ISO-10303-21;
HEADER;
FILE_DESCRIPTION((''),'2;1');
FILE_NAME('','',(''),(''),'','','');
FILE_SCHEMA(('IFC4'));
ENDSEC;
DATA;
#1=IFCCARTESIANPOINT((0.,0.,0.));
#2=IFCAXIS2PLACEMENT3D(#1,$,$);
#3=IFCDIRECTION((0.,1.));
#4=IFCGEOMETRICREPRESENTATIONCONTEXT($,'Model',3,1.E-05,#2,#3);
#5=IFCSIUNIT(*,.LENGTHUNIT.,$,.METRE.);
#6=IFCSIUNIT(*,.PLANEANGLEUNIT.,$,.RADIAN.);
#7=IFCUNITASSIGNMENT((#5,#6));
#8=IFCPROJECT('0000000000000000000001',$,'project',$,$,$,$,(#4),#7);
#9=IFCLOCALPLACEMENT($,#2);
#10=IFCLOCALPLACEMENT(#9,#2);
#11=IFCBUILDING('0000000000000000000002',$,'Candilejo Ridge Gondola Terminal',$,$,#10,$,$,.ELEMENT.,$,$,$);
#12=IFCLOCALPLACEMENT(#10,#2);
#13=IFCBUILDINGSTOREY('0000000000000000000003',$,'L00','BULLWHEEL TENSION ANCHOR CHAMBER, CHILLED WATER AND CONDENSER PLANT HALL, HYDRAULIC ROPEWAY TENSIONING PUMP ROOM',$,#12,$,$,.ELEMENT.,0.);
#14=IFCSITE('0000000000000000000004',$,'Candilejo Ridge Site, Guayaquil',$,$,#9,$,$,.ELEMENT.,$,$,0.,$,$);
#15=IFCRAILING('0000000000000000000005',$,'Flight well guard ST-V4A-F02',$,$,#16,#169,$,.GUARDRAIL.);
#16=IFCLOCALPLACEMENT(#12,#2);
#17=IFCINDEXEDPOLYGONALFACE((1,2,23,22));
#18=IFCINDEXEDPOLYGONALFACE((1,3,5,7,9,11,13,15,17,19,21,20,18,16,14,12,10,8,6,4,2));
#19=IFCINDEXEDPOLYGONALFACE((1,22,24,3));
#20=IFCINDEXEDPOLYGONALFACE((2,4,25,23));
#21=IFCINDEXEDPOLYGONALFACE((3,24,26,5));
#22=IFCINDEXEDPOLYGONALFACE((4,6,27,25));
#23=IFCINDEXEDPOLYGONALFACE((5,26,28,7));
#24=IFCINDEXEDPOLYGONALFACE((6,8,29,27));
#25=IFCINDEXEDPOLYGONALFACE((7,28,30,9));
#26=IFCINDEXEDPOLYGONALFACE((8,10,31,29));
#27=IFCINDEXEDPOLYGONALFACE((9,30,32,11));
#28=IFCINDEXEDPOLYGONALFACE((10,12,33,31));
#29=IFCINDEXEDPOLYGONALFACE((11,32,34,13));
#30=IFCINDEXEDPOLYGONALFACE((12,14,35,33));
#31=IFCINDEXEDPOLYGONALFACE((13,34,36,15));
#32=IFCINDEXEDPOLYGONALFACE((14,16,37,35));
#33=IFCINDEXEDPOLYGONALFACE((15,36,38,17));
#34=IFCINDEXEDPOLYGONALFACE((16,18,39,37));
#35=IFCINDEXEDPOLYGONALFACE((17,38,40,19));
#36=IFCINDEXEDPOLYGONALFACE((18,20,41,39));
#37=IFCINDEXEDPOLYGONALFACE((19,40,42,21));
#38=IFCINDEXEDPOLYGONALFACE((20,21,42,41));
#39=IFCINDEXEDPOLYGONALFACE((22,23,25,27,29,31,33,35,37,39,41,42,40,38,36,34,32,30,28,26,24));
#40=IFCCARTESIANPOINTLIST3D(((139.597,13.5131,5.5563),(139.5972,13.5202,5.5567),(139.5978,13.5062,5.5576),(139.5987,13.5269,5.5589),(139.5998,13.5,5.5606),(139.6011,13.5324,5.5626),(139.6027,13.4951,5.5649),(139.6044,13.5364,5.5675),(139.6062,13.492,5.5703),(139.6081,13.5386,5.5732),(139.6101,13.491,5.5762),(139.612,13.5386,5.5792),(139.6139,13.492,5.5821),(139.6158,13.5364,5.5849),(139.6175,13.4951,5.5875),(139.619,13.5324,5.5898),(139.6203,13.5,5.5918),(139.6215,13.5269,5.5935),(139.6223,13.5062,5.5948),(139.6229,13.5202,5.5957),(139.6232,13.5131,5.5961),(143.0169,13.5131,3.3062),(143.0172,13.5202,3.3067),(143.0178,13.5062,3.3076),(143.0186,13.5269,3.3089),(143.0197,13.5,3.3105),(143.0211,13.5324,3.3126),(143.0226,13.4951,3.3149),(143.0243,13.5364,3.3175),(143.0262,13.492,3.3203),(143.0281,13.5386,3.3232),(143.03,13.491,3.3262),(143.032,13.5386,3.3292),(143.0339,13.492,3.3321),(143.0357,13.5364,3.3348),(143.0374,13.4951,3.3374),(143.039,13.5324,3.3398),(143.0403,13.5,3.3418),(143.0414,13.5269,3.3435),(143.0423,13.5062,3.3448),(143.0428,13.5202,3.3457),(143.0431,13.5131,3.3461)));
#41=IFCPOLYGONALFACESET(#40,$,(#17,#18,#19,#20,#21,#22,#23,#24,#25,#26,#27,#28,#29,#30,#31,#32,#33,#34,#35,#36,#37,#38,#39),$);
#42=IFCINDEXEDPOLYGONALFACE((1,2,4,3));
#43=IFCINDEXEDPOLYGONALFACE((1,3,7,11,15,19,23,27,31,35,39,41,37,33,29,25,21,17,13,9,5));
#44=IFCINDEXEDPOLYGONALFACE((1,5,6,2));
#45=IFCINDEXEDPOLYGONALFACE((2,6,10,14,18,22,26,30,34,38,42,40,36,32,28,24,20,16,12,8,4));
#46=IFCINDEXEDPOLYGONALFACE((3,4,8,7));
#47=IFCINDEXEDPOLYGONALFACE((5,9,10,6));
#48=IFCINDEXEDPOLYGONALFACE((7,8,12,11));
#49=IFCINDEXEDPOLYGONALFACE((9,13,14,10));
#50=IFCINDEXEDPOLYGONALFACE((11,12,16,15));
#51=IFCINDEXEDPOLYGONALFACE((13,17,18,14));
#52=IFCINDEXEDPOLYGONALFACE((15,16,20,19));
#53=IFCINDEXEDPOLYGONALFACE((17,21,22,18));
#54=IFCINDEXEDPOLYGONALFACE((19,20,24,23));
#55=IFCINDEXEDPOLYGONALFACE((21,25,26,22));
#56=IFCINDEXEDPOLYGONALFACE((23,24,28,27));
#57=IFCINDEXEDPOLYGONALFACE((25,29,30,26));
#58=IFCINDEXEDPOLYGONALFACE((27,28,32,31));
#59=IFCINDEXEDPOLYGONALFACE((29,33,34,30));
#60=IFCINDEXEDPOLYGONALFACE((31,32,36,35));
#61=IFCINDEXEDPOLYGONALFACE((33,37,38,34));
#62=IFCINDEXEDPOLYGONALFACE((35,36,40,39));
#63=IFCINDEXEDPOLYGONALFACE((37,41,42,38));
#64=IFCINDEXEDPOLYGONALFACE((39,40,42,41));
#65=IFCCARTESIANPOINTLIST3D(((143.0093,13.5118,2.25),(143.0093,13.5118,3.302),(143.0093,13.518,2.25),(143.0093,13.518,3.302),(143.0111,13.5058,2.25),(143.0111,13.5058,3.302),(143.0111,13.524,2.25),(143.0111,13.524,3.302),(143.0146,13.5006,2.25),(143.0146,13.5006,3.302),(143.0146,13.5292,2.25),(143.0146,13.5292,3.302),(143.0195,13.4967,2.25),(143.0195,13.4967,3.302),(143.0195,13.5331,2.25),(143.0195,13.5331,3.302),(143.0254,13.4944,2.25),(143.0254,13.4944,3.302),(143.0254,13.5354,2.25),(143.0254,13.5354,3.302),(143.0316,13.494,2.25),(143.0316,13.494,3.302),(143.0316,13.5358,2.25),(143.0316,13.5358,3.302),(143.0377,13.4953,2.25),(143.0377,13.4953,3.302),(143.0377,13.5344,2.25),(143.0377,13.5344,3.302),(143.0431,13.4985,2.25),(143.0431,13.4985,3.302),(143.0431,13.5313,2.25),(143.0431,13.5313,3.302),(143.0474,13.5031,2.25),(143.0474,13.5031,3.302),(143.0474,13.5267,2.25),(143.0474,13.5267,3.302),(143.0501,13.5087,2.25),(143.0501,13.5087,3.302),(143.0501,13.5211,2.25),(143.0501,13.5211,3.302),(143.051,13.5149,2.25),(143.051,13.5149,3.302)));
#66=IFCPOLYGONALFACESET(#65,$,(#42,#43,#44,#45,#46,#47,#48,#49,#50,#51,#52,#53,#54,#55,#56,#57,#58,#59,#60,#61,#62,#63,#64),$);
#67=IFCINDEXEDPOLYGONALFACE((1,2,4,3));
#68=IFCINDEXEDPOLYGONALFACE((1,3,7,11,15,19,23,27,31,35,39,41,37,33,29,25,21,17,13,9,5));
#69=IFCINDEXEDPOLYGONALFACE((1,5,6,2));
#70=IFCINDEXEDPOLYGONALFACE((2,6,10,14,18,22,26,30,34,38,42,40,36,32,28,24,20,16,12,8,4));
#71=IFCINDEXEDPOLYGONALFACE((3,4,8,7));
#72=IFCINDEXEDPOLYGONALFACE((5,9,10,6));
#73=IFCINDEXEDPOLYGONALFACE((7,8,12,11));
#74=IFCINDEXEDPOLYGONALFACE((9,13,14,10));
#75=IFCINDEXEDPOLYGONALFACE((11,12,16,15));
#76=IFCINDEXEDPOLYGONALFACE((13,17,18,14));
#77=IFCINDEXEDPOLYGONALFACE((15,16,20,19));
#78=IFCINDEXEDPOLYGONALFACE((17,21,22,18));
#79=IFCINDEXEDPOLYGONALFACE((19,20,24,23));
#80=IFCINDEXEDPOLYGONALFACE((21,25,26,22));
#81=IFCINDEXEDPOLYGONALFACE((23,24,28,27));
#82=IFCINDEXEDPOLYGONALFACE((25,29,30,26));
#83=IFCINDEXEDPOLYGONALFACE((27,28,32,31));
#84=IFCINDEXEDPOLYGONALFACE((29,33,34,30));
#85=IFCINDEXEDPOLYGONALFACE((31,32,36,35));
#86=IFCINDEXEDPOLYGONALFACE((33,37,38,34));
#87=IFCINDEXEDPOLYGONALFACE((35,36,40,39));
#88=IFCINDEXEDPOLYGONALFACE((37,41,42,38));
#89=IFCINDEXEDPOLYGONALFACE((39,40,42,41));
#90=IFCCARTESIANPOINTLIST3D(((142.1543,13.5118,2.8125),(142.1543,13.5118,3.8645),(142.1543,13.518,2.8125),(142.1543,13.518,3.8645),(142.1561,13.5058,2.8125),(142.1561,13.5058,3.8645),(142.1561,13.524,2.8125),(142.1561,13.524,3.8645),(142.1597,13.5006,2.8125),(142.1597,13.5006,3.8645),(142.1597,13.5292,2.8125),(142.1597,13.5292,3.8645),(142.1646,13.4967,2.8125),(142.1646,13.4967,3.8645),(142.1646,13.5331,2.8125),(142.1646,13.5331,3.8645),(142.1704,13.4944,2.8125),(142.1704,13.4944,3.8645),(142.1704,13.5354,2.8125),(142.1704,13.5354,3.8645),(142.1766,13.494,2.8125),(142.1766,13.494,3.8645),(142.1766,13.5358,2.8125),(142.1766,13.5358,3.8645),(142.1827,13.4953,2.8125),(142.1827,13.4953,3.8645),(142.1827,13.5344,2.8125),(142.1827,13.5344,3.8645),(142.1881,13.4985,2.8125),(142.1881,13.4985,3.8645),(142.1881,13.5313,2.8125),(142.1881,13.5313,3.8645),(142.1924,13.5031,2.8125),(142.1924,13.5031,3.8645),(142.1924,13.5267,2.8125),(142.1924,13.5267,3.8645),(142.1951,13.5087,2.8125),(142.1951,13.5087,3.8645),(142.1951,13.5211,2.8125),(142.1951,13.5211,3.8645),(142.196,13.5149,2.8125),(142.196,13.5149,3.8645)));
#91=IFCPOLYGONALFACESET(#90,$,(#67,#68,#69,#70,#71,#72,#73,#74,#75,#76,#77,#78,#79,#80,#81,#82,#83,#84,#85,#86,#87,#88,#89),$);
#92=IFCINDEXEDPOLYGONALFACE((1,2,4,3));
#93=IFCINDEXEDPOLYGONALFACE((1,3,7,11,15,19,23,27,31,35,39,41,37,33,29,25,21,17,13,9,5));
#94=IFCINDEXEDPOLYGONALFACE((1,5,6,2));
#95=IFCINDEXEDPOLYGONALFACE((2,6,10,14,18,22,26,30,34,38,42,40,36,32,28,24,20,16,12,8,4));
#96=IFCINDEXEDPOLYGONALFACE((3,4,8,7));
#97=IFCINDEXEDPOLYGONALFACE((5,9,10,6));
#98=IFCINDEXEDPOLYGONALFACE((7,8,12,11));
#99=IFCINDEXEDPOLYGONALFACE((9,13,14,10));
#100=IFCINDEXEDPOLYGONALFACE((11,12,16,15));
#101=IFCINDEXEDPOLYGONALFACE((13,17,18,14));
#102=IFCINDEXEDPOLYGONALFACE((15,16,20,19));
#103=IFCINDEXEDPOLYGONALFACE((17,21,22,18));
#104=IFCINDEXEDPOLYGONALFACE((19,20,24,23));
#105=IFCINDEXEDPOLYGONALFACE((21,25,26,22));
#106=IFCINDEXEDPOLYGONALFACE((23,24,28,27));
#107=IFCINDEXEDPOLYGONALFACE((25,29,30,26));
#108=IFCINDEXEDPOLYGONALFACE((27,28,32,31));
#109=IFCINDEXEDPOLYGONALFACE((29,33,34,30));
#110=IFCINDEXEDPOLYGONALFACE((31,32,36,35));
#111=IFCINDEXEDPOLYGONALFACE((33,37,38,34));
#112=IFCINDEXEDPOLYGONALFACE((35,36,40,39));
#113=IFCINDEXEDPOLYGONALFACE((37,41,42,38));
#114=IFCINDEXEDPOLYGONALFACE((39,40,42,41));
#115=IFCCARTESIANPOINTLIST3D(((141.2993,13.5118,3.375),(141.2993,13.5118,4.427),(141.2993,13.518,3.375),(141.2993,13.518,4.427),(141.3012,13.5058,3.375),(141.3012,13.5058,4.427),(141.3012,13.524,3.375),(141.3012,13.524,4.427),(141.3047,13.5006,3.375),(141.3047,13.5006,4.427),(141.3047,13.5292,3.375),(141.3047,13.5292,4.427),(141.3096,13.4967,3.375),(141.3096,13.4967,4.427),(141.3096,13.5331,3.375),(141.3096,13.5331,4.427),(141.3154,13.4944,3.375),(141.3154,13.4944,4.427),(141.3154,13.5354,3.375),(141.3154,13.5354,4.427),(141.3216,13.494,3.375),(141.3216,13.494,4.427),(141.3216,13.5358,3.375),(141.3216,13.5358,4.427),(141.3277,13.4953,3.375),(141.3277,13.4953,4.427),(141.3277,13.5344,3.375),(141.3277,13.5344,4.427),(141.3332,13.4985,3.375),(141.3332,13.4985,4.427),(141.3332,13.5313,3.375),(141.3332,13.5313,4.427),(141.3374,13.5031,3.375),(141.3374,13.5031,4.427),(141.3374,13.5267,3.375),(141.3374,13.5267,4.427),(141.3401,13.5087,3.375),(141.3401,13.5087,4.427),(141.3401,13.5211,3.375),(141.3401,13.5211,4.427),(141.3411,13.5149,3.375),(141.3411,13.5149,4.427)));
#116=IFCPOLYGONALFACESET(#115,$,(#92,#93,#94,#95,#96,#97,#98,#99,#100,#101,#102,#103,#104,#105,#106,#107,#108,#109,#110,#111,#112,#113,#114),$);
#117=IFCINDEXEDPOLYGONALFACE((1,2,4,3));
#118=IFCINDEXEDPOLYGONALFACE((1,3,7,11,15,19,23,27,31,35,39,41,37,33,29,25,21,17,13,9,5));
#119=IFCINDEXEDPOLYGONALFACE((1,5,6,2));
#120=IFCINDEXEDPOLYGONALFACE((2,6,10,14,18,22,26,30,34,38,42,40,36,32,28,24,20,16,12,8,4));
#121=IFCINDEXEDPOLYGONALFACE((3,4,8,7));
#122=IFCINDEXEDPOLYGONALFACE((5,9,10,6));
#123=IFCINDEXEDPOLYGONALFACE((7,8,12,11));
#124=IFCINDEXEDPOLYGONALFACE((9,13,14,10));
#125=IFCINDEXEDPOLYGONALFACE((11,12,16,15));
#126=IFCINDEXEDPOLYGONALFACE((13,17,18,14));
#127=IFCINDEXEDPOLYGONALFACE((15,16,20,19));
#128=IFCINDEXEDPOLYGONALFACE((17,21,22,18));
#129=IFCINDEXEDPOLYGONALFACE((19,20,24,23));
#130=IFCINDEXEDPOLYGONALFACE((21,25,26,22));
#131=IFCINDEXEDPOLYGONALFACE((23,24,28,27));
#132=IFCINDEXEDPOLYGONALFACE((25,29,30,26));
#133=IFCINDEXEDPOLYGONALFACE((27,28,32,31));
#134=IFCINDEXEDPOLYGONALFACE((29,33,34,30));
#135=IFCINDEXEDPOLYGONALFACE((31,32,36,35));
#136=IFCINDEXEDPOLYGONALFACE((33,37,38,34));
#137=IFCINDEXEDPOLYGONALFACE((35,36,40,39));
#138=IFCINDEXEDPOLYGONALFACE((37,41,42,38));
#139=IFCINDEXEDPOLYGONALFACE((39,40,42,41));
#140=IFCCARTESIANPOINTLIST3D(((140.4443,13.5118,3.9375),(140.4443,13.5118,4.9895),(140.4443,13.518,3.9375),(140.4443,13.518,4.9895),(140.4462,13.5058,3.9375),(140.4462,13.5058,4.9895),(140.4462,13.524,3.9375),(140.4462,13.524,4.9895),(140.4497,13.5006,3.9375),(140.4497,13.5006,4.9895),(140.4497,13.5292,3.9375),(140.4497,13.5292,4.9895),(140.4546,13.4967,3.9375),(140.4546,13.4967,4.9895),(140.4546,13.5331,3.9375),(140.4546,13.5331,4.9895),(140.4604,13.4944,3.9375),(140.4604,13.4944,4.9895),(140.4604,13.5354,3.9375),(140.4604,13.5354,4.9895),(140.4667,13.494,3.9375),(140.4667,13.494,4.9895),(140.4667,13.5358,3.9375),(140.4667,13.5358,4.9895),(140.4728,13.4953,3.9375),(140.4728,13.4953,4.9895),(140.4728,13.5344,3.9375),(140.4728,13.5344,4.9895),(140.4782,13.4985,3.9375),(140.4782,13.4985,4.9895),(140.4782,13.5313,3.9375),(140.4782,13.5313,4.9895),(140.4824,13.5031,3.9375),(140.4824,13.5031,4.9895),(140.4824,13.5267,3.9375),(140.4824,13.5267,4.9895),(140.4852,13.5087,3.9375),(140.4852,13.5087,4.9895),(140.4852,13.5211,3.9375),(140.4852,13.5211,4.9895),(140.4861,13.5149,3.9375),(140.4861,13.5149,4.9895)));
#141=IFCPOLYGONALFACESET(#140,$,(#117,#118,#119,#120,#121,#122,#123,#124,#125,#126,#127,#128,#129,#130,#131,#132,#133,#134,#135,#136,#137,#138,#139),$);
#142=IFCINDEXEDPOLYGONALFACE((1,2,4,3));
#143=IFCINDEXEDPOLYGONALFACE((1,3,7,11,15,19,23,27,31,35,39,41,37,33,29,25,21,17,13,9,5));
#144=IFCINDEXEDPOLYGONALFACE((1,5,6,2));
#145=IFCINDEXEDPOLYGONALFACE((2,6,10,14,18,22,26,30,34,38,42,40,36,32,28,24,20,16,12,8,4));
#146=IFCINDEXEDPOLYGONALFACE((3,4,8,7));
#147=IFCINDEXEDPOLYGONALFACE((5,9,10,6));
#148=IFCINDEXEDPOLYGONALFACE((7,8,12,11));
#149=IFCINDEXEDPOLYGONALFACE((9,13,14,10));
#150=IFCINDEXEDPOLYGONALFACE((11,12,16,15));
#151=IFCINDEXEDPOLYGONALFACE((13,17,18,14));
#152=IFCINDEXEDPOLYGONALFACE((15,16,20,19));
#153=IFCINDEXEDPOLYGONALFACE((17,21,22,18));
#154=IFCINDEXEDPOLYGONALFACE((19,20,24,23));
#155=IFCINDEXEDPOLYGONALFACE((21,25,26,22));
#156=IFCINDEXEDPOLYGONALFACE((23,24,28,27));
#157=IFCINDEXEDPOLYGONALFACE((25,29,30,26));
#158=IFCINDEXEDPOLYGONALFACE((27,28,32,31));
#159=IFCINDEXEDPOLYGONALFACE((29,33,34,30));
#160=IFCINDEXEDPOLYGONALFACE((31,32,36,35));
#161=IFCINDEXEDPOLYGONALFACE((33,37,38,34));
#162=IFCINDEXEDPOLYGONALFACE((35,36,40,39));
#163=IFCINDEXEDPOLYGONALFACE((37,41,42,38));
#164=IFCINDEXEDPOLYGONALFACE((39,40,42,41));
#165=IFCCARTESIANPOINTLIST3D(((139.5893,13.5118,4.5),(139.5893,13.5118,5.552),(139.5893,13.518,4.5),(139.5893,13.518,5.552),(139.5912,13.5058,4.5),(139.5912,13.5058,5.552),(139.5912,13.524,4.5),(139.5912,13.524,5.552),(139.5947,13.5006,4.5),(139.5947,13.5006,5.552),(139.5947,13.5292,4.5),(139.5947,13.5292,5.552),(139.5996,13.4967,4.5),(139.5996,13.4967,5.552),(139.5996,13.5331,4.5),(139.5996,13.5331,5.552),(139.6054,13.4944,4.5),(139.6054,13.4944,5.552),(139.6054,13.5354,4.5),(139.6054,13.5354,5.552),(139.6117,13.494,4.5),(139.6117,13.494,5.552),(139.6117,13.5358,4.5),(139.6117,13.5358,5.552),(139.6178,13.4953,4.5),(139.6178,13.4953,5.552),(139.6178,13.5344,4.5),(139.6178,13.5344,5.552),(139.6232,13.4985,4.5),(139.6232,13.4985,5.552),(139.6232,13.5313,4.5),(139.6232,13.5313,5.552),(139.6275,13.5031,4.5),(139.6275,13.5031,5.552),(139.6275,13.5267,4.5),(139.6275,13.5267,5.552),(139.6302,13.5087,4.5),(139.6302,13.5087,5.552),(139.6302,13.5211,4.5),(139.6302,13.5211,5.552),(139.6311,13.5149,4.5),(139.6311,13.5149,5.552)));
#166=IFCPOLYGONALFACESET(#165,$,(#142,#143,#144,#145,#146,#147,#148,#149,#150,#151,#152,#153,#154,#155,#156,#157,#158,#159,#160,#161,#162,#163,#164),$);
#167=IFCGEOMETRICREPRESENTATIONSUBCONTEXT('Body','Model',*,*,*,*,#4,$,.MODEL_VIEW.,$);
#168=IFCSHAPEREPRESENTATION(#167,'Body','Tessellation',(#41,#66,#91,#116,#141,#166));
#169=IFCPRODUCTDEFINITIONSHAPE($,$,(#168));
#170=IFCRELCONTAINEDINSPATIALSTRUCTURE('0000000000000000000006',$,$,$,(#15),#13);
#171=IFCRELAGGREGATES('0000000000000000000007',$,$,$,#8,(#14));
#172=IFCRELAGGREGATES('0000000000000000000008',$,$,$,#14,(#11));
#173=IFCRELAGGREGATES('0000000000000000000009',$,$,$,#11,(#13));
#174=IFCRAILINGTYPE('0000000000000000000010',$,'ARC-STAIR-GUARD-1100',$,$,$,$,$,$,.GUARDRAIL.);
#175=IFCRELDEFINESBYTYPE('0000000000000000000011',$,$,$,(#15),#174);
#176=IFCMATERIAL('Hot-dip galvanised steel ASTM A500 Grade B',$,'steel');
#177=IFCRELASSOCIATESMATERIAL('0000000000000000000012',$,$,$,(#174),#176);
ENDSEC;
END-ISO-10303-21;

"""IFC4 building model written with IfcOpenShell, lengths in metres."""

from ifc_helpers import new_model, si_unit, direction, frame, origin, origin_2d, place, context, subcontext, project, spatial, circle, extrude, material, type_object, element, save


model = new_model("IFC4")

# Units and contexts
model_context = context("Model", 3, precision=1e-05, world=origin(), true_north=direction((0.0, 1.0)))
body_context = subcontext(model_context, "Body", "Model", "MODEL_VIEW")
ifc_project = project(units=[si_unit("LENGTHUNIT", "METRE"), si_unit("PLANEANGLEUNIT", "RADIAN")], contexts=[model_context])

# Site, building, storey
site_placement = place(None, origin())
site = spatial("IfcSite", under=ifc_project, at=site_placement, Name="Candilejo Ridge Site, Guayaquil", CompositionType="ELEMENT", RefElevation=0.0)
building_placement = place(site_placement, origin())
building = spatial("IfcBuilding", under=site, at=building_placement, Name="Candilejo Ridge Gondola Terminal", CompositionType="ELEMENT")
storey_placement = place(building_placement, origin())
storey = spatial("IfcBuildingStorey", under=building, at=storey_placement, Name="L00", Description="BULLWHEEL TENSION ANCHOR CHAMBER, CHILLED WATER AND CONDENSER PLANT HALL, HYDRAULIC ROPEWAY TENSIONING PUMP ROOM", CompositionType="ELEMENT", Elevation=0.0)

# Railing
ifc_material_1 = material(Name="Hot-dip galvanised steel ASTM A500 Grade B", Category="steel")
railing_type_1 = type_object("IfcRailingType", Name="ARC-STAIR-GUARD-1100", PredefinedType="GUARDRAIL", material=ifc_material_1)
railing_1_placement = place(storey_placement, frame((143.03, 13.5149, 2.25)))
element("IfcRailing", 1, at=railing_1_placement, inside=storey, type_object=railing_type_1, Name="Flight well guard ST-V4A-F02", PredefinedType="GUARDRAIL", context=body_context, shape_type="SweptSolid", body=[
    extrude(circle(Radius=0.0239, at=origin_2d()), frame((0.0, 0.0, 1.0762), z_axis=(-0.835411, 0.0, 0.549625), x_axis=(0.0, -1.0, 0.0)), (0.0, 0.0, 1.0), 4.0938),
    extrude(circle(Radius=0.021, at=origin_2d()), origin(), (0.0, 0.0, 1.0), 1.052),
    extrude(circle(Radius=0.021, at=origin_2d()), frame((-0.855, 0.0, 0.5625)), (0.0, 0.0, 1.0), 1.052),
    extrude(circle(Radius=0.021, at=origin_2d()), frame((-1.71, 0.0, 1.125)), (0.0, 0.0, 1.0), 1.052),
    extrude(circle(Radius=0.021, at=origin_2d()), frame((-2.5649, 0.0, 1.6875)), (0.0, 0.0, 1.0), 1.052),
    extrude(circle(Radius=0.021, at=origin_2d()), frame((-3.4199, 0.0, 2.25)), (0.0, 0.0, 1.0), 1.052),
])

save(model, "model.ifc")
